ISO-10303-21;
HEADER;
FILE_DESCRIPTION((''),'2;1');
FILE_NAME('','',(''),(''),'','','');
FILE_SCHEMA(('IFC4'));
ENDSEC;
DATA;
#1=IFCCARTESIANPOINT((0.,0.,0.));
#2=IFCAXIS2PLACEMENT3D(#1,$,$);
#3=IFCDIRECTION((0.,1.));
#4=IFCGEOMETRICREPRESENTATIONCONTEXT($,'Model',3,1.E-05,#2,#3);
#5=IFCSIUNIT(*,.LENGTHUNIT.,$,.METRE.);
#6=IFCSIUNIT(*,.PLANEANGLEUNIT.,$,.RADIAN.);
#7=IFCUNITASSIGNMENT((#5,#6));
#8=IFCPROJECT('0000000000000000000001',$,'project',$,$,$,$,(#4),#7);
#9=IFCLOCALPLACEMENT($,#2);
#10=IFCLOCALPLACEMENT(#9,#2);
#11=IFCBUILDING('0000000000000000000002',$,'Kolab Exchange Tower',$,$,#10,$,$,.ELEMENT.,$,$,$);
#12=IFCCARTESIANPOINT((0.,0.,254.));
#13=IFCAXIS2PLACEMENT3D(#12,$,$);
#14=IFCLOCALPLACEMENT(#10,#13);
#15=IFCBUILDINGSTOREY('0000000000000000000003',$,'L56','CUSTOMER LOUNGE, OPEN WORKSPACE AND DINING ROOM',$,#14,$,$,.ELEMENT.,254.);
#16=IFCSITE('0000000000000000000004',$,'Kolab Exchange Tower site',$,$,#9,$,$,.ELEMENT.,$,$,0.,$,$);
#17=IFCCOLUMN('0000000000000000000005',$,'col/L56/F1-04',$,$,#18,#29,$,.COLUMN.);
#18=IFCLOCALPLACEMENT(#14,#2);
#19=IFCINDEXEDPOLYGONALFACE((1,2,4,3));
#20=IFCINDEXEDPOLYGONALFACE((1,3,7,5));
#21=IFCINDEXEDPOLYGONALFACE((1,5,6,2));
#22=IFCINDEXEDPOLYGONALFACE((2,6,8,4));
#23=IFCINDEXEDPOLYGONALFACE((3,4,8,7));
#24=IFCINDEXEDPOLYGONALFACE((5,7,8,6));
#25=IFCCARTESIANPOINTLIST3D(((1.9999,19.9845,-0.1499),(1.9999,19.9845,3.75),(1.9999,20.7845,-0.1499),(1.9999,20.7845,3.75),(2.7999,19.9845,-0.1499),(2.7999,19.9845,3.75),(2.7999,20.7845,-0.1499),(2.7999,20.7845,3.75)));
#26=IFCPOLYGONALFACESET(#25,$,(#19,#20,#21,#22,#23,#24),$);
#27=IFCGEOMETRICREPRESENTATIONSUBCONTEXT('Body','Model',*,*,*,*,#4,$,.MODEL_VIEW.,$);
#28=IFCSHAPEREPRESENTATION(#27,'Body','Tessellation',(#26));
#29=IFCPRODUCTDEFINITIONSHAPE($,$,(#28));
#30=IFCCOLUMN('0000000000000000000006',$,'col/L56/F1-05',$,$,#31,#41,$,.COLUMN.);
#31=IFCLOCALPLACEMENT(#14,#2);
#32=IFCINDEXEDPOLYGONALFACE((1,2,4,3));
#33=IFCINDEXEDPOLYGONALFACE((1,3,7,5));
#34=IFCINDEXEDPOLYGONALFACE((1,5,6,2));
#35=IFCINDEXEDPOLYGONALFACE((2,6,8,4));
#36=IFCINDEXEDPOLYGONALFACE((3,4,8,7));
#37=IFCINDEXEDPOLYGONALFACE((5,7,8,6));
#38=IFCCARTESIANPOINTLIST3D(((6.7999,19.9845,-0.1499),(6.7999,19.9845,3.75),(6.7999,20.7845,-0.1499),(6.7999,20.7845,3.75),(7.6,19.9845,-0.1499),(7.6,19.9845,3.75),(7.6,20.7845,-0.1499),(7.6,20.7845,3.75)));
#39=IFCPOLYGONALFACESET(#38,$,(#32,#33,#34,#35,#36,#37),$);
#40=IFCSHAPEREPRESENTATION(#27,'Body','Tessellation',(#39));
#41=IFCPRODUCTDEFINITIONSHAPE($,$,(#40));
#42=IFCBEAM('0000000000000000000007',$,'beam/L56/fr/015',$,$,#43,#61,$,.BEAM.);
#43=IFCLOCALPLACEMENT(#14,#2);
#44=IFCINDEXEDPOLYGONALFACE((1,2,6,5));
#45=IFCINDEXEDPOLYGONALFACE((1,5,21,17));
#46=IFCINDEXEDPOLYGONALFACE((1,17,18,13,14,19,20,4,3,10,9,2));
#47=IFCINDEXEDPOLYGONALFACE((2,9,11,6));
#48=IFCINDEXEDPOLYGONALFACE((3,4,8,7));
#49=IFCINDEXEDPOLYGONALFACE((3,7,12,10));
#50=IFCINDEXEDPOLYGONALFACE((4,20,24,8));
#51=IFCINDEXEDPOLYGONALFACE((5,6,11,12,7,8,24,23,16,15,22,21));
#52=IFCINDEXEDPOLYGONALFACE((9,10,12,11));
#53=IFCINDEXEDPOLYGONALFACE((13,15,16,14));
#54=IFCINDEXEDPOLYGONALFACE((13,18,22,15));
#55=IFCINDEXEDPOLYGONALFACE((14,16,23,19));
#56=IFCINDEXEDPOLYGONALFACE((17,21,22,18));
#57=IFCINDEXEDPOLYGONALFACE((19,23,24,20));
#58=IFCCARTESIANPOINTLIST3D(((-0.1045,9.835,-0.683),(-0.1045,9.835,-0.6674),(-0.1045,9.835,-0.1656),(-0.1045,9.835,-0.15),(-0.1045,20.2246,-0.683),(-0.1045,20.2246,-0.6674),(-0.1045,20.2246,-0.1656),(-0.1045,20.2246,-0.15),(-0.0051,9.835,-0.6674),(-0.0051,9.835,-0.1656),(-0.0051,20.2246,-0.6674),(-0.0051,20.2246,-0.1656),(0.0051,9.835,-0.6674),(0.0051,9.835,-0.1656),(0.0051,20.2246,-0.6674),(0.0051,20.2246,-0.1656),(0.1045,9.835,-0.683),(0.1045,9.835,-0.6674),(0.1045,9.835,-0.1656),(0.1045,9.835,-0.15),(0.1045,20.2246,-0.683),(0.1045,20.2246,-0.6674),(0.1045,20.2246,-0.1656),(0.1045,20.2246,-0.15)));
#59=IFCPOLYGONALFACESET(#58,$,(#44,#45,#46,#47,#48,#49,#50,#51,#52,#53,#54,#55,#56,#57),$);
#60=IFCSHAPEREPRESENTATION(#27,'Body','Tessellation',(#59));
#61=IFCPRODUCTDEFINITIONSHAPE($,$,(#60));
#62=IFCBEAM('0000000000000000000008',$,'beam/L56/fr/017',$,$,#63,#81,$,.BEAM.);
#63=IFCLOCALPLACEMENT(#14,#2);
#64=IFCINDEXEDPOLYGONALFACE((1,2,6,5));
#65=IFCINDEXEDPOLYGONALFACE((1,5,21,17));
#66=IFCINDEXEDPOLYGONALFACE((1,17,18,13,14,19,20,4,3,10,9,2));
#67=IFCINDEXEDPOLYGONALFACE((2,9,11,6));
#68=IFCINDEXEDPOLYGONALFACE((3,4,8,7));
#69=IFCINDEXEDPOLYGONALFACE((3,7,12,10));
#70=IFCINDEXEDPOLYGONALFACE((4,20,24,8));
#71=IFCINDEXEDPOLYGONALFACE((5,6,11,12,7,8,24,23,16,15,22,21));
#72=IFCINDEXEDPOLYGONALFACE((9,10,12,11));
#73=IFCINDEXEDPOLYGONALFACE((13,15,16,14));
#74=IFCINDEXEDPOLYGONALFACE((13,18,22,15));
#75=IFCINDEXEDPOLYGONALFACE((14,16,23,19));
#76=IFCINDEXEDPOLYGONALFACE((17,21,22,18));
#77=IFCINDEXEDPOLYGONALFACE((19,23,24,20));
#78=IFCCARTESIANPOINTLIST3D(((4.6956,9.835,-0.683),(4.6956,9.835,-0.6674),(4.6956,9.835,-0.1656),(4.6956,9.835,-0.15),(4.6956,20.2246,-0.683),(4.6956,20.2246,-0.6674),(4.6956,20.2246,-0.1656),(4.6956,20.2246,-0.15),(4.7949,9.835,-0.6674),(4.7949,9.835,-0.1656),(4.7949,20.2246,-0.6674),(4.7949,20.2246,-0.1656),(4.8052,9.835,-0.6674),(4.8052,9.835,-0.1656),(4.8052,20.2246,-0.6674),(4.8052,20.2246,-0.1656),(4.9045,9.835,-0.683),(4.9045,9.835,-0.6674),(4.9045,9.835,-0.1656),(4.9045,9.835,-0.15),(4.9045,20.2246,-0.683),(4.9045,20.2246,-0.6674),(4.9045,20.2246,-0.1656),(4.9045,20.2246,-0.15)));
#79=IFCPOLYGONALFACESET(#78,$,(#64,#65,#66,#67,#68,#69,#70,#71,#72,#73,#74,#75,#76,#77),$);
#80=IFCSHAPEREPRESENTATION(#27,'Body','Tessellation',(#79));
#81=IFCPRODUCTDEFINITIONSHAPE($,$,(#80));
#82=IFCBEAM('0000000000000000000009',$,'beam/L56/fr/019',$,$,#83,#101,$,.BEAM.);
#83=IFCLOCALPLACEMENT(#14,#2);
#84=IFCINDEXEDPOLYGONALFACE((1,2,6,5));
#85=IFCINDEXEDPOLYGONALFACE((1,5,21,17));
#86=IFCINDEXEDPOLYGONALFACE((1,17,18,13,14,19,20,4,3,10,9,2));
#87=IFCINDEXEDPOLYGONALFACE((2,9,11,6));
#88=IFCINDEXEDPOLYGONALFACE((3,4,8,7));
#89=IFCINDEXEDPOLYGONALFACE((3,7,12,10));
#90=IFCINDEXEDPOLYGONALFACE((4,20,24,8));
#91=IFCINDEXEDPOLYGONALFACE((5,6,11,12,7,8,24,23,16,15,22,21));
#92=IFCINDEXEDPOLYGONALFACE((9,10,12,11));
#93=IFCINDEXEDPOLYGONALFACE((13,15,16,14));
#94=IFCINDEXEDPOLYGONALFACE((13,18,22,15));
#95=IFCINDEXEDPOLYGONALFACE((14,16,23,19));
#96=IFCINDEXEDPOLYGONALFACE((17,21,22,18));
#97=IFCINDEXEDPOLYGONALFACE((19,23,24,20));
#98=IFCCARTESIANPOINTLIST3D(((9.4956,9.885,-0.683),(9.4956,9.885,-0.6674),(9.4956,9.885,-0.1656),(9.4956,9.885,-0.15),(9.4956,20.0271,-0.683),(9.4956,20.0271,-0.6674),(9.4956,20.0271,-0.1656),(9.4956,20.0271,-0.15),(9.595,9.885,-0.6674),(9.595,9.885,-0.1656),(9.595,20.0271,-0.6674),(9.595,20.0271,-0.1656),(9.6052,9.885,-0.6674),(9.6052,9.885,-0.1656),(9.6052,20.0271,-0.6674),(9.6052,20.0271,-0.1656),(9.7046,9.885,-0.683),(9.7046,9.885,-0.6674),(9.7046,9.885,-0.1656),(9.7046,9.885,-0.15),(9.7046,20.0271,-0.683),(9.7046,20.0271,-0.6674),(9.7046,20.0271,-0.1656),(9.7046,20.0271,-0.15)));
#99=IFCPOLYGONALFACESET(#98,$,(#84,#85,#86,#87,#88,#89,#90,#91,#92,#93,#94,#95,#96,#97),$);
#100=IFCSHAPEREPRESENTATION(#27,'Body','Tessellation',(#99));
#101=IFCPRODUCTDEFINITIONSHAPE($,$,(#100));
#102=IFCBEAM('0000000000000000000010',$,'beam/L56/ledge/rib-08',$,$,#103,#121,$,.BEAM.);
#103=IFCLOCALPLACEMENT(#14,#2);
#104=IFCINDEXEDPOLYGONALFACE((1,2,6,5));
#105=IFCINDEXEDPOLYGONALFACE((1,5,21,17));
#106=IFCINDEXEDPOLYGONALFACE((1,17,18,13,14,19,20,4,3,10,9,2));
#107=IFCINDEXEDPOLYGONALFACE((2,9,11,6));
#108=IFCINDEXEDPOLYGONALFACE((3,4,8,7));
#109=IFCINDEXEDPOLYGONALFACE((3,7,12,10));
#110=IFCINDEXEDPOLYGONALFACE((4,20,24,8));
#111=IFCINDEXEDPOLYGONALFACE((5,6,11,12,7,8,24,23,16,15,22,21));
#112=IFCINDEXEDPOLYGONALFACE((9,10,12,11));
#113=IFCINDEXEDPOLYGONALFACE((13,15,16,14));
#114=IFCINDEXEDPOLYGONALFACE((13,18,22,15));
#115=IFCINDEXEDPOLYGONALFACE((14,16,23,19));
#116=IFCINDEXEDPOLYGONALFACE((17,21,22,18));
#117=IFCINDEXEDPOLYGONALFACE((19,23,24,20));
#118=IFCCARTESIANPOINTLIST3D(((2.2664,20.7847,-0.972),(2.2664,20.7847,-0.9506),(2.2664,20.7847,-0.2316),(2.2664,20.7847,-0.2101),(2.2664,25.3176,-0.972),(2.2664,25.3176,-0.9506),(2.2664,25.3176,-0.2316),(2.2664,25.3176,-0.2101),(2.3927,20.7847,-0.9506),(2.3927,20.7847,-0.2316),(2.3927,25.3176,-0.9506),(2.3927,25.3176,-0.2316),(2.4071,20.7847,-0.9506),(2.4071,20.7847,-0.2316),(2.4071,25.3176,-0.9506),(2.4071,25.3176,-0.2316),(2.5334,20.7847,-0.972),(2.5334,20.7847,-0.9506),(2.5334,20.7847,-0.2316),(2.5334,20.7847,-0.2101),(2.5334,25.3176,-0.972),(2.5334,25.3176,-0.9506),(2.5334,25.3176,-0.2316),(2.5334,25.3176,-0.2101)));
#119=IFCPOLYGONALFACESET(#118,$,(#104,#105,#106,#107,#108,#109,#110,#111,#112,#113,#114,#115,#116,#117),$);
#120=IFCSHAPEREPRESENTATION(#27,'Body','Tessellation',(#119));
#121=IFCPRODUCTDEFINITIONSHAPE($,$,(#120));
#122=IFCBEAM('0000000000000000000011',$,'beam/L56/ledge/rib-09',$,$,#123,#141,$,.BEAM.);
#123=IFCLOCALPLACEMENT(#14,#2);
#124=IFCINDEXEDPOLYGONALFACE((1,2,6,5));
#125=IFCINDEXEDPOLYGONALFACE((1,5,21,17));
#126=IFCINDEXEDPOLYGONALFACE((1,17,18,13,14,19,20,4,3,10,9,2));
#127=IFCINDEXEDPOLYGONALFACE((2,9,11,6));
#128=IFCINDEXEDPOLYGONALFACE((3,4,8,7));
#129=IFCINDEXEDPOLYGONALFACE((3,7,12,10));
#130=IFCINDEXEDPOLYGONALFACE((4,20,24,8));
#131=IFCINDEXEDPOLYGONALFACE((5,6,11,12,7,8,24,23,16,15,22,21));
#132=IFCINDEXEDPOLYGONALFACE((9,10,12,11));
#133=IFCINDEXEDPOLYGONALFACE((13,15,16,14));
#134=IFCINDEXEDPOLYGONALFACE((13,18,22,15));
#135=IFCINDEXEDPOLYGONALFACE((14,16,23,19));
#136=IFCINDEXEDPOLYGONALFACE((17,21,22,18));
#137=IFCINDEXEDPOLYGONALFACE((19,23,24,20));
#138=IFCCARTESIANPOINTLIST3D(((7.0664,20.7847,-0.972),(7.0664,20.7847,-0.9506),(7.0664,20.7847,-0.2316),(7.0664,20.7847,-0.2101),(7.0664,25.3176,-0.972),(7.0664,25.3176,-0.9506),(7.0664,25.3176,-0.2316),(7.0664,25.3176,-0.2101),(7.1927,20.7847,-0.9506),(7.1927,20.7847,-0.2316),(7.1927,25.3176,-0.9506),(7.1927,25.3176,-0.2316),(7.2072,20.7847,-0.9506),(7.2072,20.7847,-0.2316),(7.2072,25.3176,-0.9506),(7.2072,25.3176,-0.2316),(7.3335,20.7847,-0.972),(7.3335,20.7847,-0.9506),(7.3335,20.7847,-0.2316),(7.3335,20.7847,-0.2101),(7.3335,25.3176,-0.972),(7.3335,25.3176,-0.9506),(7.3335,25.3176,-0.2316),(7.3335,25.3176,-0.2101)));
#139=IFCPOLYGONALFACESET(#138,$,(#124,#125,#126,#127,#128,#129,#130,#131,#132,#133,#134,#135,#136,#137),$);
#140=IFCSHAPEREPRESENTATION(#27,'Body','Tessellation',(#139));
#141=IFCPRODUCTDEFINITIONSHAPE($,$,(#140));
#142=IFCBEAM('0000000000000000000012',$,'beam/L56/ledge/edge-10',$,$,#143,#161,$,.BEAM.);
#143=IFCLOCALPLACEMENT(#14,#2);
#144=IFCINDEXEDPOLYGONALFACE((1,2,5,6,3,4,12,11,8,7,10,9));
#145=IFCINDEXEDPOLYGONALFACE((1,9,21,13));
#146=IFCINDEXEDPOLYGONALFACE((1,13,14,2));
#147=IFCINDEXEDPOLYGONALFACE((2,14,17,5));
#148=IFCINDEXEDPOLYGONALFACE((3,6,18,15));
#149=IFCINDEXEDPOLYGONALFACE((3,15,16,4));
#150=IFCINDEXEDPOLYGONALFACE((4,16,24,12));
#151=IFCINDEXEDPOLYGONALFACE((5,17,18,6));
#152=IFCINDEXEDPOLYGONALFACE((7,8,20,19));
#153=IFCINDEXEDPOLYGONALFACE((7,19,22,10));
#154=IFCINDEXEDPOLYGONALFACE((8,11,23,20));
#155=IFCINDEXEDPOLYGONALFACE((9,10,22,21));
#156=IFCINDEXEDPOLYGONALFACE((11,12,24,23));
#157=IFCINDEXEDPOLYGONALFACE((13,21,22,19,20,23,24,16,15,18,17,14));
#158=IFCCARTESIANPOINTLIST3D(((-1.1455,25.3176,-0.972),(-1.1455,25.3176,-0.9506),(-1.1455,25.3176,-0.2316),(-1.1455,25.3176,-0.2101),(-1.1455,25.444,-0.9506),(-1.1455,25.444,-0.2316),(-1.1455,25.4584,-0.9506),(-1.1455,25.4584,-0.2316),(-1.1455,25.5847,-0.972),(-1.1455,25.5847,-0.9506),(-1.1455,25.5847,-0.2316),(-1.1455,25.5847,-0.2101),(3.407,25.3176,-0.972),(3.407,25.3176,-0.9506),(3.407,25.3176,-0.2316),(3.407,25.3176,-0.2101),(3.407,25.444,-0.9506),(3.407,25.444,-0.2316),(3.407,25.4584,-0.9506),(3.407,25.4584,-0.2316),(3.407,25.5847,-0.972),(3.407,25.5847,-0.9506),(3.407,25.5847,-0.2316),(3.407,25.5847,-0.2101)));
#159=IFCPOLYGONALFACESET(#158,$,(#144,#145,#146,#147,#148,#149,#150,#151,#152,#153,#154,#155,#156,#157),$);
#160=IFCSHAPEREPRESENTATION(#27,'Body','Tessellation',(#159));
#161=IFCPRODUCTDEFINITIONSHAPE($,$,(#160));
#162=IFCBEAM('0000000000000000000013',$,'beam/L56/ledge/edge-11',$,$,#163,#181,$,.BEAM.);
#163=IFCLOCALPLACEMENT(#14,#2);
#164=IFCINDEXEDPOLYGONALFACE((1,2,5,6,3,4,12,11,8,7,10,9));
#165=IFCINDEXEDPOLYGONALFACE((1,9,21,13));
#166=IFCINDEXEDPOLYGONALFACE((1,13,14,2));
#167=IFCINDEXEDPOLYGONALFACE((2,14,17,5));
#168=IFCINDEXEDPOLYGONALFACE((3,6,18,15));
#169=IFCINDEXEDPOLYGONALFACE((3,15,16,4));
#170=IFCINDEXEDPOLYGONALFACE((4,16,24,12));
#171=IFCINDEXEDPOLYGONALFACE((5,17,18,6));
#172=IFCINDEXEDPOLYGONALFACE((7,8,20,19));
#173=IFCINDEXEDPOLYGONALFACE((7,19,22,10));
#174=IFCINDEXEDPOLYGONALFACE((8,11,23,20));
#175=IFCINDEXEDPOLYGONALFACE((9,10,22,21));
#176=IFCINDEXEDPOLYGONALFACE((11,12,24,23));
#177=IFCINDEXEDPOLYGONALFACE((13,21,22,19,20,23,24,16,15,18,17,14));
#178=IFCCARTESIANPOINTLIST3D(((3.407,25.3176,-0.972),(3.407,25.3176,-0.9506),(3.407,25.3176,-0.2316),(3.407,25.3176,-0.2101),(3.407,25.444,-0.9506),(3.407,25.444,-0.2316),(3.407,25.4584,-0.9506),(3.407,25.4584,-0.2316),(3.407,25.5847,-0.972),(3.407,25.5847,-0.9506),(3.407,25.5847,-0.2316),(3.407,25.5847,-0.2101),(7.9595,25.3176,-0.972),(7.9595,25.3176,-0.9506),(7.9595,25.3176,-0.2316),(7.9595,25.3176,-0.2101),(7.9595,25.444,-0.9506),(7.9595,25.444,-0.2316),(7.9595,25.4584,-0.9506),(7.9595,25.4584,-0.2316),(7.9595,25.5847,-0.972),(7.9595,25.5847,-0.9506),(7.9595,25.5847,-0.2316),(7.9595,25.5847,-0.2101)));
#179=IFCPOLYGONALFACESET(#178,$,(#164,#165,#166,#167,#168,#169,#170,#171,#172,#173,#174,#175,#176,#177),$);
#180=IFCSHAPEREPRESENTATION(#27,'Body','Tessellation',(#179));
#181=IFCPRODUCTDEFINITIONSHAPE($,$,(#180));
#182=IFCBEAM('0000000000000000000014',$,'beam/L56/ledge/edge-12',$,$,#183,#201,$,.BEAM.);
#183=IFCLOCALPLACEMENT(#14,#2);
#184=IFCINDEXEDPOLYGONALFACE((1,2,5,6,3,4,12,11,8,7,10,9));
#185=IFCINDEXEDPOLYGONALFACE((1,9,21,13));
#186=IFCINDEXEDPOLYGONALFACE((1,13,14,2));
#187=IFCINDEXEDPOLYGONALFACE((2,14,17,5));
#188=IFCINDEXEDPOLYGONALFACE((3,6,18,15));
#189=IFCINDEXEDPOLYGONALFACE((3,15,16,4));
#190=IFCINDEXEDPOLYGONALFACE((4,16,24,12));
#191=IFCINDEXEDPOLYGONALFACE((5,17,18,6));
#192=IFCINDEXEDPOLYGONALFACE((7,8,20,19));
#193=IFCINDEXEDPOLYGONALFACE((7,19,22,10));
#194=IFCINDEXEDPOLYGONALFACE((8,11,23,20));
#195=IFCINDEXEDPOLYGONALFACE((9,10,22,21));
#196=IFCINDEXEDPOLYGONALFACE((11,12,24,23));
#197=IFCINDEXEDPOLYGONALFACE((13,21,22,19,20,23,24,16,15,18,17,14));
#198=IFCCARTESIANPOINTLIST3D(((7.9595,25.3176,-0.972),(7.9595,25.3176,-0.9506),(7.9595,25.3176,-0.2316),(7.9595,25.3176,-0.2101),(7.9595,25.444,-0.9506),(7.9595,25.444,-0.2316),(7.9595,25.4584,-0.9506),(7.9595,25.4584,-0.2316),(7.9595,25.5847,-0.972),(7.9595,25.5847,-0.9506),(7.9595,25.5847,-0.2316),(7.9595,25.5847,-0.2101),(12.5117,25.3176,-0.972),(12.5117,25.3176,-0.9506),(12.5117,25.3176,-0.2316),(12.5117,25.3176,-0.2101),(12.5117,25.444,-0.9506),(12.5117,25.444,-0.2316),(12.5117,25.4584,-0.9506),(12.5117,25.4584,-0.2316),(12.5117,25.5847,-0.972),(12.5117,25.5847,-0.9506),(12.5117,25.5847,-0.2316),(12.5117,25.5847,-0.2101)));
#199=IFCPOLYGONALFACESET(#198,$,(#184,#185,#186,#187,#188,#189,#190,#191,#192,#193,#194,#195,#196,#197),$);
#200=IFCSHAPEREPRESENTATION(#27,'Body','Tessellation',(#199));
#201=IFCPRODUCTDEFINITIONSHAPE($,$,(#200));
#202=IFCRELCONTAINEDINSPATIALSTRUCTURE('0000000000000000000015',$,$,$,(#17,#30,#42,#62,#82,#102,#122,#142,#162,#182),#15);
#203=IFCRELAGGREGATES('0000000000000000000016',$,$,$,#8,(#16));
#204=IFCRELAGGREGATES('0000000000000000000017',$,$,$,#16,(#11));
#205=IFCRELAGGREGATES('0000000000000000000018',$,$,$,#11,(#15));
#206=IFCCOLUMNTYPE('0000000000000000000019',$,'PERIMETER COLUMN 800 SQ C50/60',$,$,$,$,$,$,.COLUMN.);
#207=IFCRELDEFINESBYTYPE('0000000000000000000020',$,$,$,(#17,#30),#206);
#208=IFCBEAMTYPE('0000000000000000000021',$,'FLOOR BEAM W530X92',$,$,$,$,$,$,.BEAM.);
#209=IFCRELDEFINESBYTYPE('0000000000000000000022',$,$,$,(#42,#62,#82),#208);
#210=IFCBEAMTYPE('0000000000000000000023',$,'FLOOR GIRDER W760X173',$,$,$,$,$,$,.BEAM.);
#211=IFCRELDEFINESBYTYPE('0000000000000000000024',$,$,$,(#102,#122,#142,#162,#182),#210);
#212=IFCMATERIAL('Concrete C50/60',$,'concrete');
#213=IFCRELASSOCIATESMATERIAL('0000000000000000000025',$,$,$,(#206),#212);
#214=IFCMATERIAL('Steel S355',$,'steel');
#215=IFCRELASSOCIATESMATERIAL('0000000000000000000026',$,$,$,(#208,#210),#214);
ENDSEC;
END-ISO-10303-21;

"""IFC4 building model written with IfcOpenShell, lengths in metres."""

from ifc_helpers import new_model, si_unit, direction, frame, origin, origin_2d, place, context, subcontext, project, spatial, rectangle, i_section, extrude, material, material_profile, profile_set, type_object, element, save


model = new_model("IFC4")

# Units and contexts
model_context = context("Model", 3, precision=1e-05, world=origin(), true_north=direction((0.0, 1.0)))
body_context = subcontext(model_context, "Body", "Model", "MODEL_VIEW")
ifc_project = project(units=[si_unit("LENGTHUNIT", "METRE"), si_unit("PLANEANGLEUNIT", "RADIAN")], contexts=[model_context])

# Site, building, storey
site_placement = place(None, origin())
site = spatial("IfcSite", under=ifc_project, at=site_placement, Name="Kolab Exchange Tower site", CompositionType="ELEMENT", RefElevation=0.0)
building_placement = place(site_placement, origin())
building = spatial("IfcBuilding", under=site, at=building_placement, Name="Kolab Exchange Tower", CompositionType="ELEMENT")
storey_placement = place(building_placement, frame((0.0, 0.0, 254.0)))
storey = spatial("IfcBuildingStorey", under=building, at=storey_placement, Name="L56", Description="CUSTOMER LOUNGE, OPEN WORKSPACE AND DINING ROOM", CompositionType="ELEMENT", Elevation=254.0)

# Columns
ifc_material_1 = material(Name="Concrete C50/60", Category="concrete")
ifc_material_profile_1 = material_profile(ifc_material_1, rectangle(XDim=0.8, YDim=0.8, at=origin_2d()), Name="RC800")
ifc_profile_set_1 = profile_set([ifc_material_profile_1], Name="Concrete C50/60")
column_type = type_object("IfcColumnType", Name="PERIMETER COLUMN 800 SQ C50/60", PredefinedType="COLUMN", material=ifc_profile_set_1)
for number, where, z_axis, x_axis, name in (
    (1, (2.3999, 20.3845, -0.1499), (0.0, 0.0, 1.0), (1.0, 0.0, 0.0), "col/L56/F1-04"),
    (2, (7.2, 20.3845, -0.1499), (0.0, 0.0, 1.0), (1.0, 0.0, 0.0), "col/L56/F1-05"),
):
    element("IfcColumn", number, at=place(storey_placement, frame(where, z_axis=z_axis, x_axis=x_axis)), inside=storey, type_object=column_type, Name=name, PredefinedType="COLUMN", context=body_context, shape_type="SweptSolid", body=[
        extrude(rectangle(XDim=0.8, YDim=0.8, at=origin_2d()), origin(), (0.0, 0.0, 1.0), 3.8999),
    ])

# Beams
ifc_material_2 = material(Name="Steel S355", Category="steel")
ifc_material_profile_2 = material_profile(ifc_material_2, i_section(OverallWidth=0.209, OverallDepth=0.533, WebThickness=0.0103, FlangeThickness=0.0156, at=origin_2d()), Name="W530X92")
ifc_profile_set_2 = profile_set([ifc_material_profile_2], Name="Steel S355")
beam_type_1 = type_object("IfcBeamType", Name="FLOOR BEAM W530X92", PredefinedType="BEAM", material=ifc_profile_set_2)
for number, where, z_axis, x_axis, name in (
    (3, (0.0, 9.835, -0.4165), (0.0, 1.0, 0.0), (-1.0, 0.0, 0.0), "beam/L56/fr/015"),
    (4, (4.8, 9.835, -0.4165), (0.0, 1.0, 0.0), (-1.0, 0.0, 0.0), "beam/L56/fr/017"),
):
    element("IfcBeam", number, at=place(storey_placement, frame(where, z_axis=z_axis, x_axis=x_axis)), inside=storey, type_object=beam_type_1, Name=name, PredefinedType="BEAM", context=body_context, shape_type="SweptSolid", body=[
        extrude(i_section(OverallWidth=0.209, OverallDepth=0.533, WebThickness=0.0103, FlangeThickness=0.0156, at=origin_2d()), origin(), (0.0, 0.0, 1.0), 10.3896),
    ])
beam_1_placement = place(storey_placement, frame((9.6001, 9.885, -0.4165), z_axis=(0.0, 1.0, 0.0), x_axis=(-1.0, 0.0, 0.0)))
element("IfcBeam", 5, at=beam_1_placement, inside=storey, type_object=beam_type_1, Name="beam/L56/fr/019", PredefinedType="BEAM", context=body_context, shape_type="SweptSolid", body=[
    extrude(i_section(OverallWidth=0.209, OverallDepth=0.533, WebThickness=0.0103, FlangeThickness=0.0156, at=origin_2d()), origin(), (0.0, 0.0, 1.0), 10.1421),
])
ifc_material_profile_3 = material_profile(ifc_material_2, i_section(OverallWidth=0.2671, OverallDepth=0.762, WebThickness=0.0144, FlangeThickness=0.0215, at=origin_2d()), Name="W760X173")
ifc_profile_set_3 = profile_set([ifc_material_profile_3], Name="Steel S355")
beam_type_2 = type_object("IfcBeamType", Name="FLOOR GIRDER W760X173", PredefinedType="BEAM", material=ifc_profile_set_3)
for number, where, z_axis, x_axis, name in (
    (6, (2.3999, 20.7847, -0.5911), (0.0, 1.0, 0.0), (-1.0, 0.0, 0.0), "beam/L56/ledge/rib-08"),
    (7, (7.2, 20.7847, -0.5911), (0.0, 1.0, 0.0), (-1.0, 0.0, 0.0), "beam/L56/ledge/rib-09"),
):
    element("IfcBeam", number, at=place(storey_placement, frame(where, z_axis=z_axis, x_axis=x_axis)), inside=storey, type_object=beam_type_2, Name=name, PredefinedType="BEAM", context=body_context, shape_type="SweptSolid", body=[
        extrude(i_section(OverallWidth=0.2671, OverallDepth=0.762, WebThickness=0.0144, FlangeThickness=0.0215, at=origin_2d()), origin(), (0.0, 0.0, 1.0), 4.533),
    ])
for number, where, z_axis, x_axis, name in (
    (8, (-1.1455, 25.4512, -0.5911), (1.0, 0.0, 0.0), (0.0, 1.0, 0.0), "beam/L56/ledge/edge-10"),
    (9, (3.407, 25.4512, -0.5911), (1.0, 0.0, 0.0), (0.0, 1.0, 0.0), "beam/L56/ledge/edge-11"),
):
    element("IfcBeam", number, at=place(storey_placement, frame(where, z_axis=z_axis, x_axis=x_axis)), inside=storey, type_object=beam_type_2, Name=name, PredefinedType="BEAM", context=body_context, shape_type="SweptSolid", body=[
        extrude(i_section(OverallWidth=0.2671, OverallDepth=0.762, WebThickness=0.0144, FlangeThickness=0.0215, at=origin_2d()), origin(), (0.0, 0.0, 1.0), 4.5525),
    ])
beam_2_placement = place(storey_placement, frame((7.9595, 25.4512, -0.5911), z_axis=(1.0, 0.0, 0.0), x_axis=(0.0, 1.0, 0.0)))
element("IfcBeam", 10, at=beam_2_placement, inside=storey, type_object=beam_type_2, Name="beam/L56/ledge/edge-12", PredefinedType="BEAM", context=body_context, shape_type="SweptSolid", body=[
    extrude(i_section(OverallWidth=0.2671, OverallDepth=0.762, WebThickness=0.0144, FlangeThickness=0.0215, at=origin_2d()), origin(), (0.0, 0.0, 1.0), 4.5522),
])

save(model, "model.ifc")
